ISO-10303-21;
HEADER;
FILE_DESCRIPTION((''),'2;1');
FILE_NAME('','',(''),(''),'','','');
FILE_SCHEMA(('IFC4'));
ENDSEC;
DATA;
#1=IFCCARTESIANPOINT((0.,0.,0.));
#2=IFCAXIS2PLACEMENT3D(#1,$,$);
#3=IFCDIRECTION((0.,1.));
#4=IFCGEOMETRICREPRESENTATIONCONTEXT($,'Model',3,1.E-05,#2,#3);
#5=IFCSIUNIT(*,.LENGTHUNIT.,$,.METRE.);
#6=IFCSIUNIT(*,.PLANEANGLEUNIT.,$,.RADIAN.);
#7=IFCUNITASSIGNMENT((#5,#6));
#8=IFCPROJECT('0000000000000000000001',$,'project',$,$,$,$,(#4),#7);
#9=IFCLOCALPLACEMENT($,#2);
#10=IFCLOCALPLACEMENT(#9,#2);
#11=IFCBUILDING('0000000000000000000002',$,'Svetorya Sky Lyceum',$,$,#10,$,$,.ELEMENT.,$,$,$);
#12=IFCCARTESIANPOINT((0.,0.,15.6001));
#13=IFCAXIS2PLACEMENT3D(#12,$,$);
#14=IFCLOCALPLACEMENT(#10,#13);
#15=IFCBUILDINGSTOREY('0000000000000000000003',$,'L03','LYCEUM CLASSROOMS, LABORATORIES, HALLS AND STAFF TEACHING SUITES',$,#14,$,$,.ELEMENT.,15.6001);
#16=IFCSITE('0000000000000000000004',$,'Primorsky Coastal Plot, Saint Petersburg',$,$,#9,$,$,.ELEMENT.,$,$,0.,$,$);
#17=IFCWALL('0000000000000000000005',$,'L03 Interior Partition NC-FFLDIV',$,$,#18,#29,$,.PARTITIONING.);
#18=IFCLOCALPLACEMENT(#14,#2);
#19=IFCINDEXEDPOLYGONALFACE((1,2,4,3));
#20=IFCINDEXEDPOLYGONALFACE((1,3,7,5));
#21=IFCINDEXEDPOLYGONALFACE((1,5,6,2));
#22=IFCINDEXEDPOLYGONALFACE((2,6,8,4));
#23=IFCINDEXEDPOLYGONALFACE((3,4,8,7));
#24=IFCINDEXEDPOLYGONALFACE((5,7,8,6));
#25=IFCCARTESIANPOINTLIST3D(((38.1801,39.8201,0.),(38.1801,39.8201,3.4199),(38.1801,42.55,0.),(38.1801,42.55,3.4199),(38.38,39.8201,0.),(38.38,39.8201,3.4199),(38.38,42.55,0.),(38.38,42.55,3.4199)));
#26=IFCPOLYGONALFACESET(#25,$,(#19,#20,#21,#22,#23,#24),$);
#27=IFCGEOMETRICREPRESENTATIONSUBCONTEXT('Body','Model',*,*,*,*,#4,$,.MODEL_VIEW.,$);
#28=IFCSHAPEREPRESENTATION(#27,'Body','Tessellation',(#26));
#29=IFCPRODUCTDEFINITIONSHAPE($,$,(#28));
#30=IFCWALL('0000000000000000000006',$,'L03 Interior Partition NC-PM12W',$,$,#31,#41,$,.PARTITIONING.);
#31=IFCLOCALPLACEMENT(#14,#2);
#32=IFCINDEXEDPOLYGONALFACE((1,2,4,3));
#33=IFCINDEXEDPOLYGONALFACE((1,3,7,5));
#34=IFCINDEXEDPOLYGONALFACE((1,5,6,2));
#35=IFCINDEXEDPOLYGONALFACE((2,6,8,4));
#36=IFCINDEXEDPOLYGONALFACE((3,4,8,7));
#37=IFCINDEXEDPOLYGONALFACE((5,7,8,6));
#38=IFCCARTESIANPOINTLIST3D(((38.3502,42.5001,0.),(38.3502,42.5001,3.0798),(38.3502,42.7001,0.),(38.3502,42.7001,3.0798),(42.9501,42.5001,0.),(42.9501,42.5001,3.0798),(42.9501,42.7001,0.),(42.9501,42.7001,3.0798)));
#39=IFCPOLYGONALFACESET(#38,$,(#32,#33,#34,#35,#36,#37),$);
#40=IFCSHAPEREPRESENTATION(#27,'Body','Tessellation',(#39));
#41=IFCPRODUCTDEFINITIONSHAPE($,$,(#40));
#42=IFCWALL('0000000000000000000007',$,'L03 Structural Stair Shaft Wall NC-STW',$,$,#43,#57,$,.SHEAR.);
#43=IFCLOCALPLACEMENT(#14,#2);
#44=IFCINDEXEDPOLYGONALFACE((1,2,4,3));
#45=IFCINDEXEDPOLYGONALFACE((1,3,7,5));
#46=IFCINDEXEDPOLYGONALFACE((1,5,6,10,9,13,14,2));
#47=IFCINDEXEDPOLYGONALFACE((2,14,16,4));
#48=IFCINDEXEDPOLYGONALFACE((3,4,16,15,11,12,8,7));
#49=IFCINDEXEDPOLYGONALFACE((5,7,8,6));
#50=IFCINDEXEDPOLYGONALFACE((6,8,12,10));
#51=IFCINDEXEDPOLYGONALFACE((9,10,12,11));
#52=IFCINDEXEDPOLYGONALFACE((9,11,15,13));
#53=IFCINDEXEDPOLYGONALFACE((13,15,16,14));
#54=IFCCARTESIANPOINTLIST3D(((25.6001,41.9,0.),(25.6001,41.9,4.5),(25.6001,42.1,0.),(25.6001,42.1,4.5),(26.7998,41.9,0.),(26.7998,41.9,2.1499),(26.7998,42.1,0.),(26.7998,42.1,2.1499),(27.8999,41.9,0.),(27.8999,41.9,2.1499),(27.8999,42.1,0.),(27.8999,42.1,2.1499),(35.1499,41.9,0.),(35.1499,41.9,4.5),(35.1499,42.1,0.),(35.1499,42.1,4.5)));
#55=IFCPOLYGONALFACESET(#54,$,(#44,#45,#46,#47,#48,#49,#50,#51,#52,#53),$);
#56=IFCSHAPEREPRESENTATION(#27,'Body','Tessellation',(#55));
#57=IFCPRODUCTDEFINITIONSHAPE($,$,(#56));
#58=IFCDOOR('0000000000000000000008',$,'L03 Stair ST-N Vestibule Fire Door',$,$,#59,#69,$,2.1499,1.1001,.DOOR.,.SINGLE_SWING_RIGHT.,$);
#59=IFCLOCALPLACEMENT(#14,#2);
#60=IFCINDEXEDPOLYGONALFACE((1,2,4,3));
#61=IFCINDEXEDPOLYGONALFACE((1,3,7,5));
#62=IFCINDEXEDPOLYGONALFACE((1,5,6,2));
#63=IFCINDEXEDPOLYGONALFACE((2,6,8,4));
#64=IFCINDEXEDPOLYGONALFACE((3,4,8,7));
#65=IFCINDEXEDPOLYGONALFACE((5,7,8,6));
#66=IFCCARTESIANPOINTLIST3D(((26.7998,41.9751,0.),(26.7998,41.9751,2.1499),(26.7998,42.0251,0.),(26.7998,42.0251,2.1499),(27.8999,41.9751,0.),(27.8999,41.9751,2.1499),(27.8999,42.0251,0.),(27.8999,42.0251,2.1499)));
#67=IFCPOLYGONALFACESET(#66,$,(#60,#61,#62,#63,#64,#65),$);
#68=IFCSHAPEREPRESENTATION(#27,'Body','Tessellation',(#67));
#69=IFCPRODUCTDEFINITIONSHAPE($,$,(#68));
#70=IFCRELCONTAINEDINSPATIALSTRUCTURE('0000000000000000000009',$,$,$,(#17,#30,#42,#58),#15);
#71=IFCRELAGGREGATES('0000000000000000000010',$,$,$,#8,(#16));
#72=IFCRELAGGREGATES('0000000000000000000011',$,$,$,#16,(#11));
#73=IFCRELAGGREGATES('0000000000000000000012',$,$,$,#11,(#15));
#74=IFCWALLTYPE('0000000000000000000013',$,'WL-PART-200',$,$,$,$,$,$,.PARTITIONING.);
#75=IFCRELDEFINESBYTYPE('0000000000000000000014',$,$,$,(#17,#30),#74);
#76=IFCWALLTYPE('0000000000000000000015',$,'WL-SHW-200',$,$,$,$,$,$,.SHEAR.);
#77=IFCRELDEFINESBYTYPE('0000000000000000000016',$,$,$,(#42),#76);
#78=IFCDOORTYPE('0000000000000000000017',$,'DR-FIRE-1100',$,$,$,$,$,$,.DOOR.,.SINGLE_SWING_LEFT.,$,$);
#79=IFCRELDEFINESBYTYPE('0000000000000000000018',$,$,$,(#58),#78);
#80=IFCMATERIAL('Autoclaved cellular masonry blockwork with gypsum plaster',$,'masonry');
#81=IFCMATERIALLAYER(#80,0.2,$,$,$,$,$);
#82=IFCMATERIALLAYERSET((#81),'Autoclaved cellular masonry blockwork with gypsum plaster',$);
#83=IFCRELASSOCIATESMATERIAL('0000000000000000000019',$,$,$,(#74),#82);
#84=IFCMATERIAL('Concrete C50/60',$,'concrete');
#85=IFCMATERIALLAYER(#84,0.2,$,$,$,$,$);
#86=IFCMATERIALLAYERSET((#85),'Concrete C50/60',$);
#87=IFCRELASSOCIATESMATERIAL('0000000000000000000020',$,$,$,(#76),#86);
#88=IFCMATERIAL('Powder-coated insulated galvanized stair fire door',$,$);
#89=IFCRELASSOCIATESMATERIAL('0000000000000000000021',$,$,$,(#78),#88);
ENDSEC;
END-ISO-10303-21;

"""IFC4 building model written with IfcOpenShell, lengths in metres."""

from ifc_helpers import new_model, si_unit, direction, frame, frame_2d, origin, place, context, subcontext, project, spatial, rectangle, extrude, material, layer, layer_set, type_object, element, fill, save


model = new_model("IFC4")

# Units and contexts
model_context = context("Model", 3, precision=1e-05, world=origin(), true_north=direction((0.0, 1.0)))
body_context = subcontext(model_context, "Body", "Model", "MODEL_VIEW")
ifc_project = project(units=[si_unit("LENGTHUNIT", "METRE"), si_unit("PLANEANGLEUNIT", "RADIAN")], contexts=[model_context])

# Site, building, storey
site_placement = place(None, origin())
site = spatial("IfcSite", under=ifc_project, at=site_placement, Name="Primorsky Coastal Plot, Saint Petersburg", CompositionType="ELEMENT", RefElevation=0.0)
building_placement = place(site_placement, origin())
building = spatial("IfcBuilding", under=site, at=building_placement, Name="Svetorya Sky Lyceum", CompositionType="ELEMENT")
storey_placement = place(building_placement, frame((0.0, 0.0, 15.6001)))
storey = spatial("IfcBuildingStorey", under=building, at=storey_placement, Name="L03", Description="LYCEUM CLASSROOMS, LABORATORIES, HALLS AND STAFF TEACHING SUITES", CompositionType="ELEMENT", Elevation=15.6001)

# Shared definitions
ifc_material_1 = material(Name="Autoclaved cellular masonry blockwork with gypsum plaster", Category="masonry")
ifc_layer_1 = layer(ifc_material_1, 0.2)
ifc_layer_set_1 = layer_set([ifc_layer_1], Name="Autoclaved cellular masonry blockwork with gypsum plaster")
wall_type_1 = type_object("IfcWallType", Name="WL-PART-200", PredefinedType="PARTITIONING", material=ifc_layer_set_1)

# Walls
wall_1_placement = place(storey_placement, frame((38.28, 39.8201, 0.0), z_axis=(0.0, 0.0, 1.0), x_axis=(0.0, 1.0, 0.0)))
element("IfcWall", 1, at=wall_1_placement, inside=storey, type_object=wall_type_1, Name="L03 Interior Partition NC-FFLDIV", PredefinedType="PARTITIONING", context=body_context, shape_type="SweptSolid", body=[
    extrude(rectangle(XDim=2.73, YDim=0.2, at=frame_2d((1.365, 0.0))), origin(), (0.0, 0.0, 1.0), 3.4199),
])
wall_2_placement = place(storey_placement, frame((42.95, 42.6001, 0.0), z_axis=(0.0, 0.0, 1.0), x_axis=(-1.0, 0.0, 0.0)))
element("IfcWall", 2, at=wall_2_placement, inside=storey, type_object=wall_type_1, Name="L03 Interior Partition NC-PM12W", PredefinedType="PARTITIONING", context=body_context, shape_type="SweptSolid", body=[
    extrude(rectangle(XDim=4.5999, YDim=0.2, at=frame_2d((2.2998, 0.0))), origin(), (0.0, 0.0, 1.0), 3.0798),
])

# Wall, opening, door
ifc_material_2 = material(Name="Concrete C50/60", Category="concrete")
ifc_layer_2 = layer(ifc_material_2, 0.2)
ifc_layer_set_2 = layer_set([ifc_layer_2], Name="Concrete C50/60")
wall_type_2 = type_object("IfcWallType", Name="WL-SHW-200", PredefinedType="SHEAR", material=ifc_layer_set_2)
wall_3_placement = place(storey_placement, frame((35.1499, 42.0, 0.0), z_axis=(0.0, 0.0, 1.0), x_axis=(-1.0, 0.0, 0.0)))
wall_3 = element("IfcWall", 3, at=wall_3_placement, inside=storey, type_object=wall_type_2, Name="L03 Structural Stair Shaft Wall NC-STW", PredefinedType="SHEAR", context=body_context, shape_type="SweptSolid", body=[
    extrude(rectangle(XDim=9.5498, YDim=0.2, at=frame_2d((4.7749, 0.0))), origin(), (0.0, 0.0, 1.0), 4.5),
])
opening_1_placement = place(wall_3_placement, frame((7.25, 0.0, 0.0)))
opening_1 = element("IfcOpeningElement", 4, at=opening_1_placement, cuts=wall_3, PredefinedType="OPENING", context=body_context, shape_type="SweptSolid", body=[
    extrude(rectangle(XDim=1.1001, YDim=2.1499, at=frame_2d((0.55, 1.075))), frame((0.0, 0.1099, 0.0), z_axis=(0.0, -1.0, 0.0), x_axis=(1.0, 0.0, 0.0)), (0.0, 0.0, 1.0), 0.22),
])
ifc_material_3 = material(Name="Powder-coated insulated galvanized stair fire door")
door_type_1 = type_object("IfcDoorType", Name="DR-FIRE-1100", OperationType="SINGLE_SWING_LEFT", PredefinedType="DOOR", material=ifc_material_3)
door_1_placement = place(opening_1_placement, origin())
door_1 = element("IfcDoor", 5, at=door_1_placement, inside=storey, type_object=door_type_1, Name="L03 Stair ST-N Vestibule Fire Door", OperationType="SINGLE_SWING_RIGHT", OverallHeight=2.1499, OverallWidth=1.1001, PredefinedType="DOOR", context=body_context, shape_type="SweptSolid", body=[
    extrude(rectangle(XDim=1.1001, YDim=2.1499, at=frame_2d((0.55, 1.075))), frame((0.0, 0.0249, 0.0), z_axis=(0.0, -1.0, 0.0), x_axis=(1.0, 0.0, 0.0)), (0.0, 0.0, 1.0), 0.05),
])
fill(opening_1, door_1)

save(model, "model.ifc")
